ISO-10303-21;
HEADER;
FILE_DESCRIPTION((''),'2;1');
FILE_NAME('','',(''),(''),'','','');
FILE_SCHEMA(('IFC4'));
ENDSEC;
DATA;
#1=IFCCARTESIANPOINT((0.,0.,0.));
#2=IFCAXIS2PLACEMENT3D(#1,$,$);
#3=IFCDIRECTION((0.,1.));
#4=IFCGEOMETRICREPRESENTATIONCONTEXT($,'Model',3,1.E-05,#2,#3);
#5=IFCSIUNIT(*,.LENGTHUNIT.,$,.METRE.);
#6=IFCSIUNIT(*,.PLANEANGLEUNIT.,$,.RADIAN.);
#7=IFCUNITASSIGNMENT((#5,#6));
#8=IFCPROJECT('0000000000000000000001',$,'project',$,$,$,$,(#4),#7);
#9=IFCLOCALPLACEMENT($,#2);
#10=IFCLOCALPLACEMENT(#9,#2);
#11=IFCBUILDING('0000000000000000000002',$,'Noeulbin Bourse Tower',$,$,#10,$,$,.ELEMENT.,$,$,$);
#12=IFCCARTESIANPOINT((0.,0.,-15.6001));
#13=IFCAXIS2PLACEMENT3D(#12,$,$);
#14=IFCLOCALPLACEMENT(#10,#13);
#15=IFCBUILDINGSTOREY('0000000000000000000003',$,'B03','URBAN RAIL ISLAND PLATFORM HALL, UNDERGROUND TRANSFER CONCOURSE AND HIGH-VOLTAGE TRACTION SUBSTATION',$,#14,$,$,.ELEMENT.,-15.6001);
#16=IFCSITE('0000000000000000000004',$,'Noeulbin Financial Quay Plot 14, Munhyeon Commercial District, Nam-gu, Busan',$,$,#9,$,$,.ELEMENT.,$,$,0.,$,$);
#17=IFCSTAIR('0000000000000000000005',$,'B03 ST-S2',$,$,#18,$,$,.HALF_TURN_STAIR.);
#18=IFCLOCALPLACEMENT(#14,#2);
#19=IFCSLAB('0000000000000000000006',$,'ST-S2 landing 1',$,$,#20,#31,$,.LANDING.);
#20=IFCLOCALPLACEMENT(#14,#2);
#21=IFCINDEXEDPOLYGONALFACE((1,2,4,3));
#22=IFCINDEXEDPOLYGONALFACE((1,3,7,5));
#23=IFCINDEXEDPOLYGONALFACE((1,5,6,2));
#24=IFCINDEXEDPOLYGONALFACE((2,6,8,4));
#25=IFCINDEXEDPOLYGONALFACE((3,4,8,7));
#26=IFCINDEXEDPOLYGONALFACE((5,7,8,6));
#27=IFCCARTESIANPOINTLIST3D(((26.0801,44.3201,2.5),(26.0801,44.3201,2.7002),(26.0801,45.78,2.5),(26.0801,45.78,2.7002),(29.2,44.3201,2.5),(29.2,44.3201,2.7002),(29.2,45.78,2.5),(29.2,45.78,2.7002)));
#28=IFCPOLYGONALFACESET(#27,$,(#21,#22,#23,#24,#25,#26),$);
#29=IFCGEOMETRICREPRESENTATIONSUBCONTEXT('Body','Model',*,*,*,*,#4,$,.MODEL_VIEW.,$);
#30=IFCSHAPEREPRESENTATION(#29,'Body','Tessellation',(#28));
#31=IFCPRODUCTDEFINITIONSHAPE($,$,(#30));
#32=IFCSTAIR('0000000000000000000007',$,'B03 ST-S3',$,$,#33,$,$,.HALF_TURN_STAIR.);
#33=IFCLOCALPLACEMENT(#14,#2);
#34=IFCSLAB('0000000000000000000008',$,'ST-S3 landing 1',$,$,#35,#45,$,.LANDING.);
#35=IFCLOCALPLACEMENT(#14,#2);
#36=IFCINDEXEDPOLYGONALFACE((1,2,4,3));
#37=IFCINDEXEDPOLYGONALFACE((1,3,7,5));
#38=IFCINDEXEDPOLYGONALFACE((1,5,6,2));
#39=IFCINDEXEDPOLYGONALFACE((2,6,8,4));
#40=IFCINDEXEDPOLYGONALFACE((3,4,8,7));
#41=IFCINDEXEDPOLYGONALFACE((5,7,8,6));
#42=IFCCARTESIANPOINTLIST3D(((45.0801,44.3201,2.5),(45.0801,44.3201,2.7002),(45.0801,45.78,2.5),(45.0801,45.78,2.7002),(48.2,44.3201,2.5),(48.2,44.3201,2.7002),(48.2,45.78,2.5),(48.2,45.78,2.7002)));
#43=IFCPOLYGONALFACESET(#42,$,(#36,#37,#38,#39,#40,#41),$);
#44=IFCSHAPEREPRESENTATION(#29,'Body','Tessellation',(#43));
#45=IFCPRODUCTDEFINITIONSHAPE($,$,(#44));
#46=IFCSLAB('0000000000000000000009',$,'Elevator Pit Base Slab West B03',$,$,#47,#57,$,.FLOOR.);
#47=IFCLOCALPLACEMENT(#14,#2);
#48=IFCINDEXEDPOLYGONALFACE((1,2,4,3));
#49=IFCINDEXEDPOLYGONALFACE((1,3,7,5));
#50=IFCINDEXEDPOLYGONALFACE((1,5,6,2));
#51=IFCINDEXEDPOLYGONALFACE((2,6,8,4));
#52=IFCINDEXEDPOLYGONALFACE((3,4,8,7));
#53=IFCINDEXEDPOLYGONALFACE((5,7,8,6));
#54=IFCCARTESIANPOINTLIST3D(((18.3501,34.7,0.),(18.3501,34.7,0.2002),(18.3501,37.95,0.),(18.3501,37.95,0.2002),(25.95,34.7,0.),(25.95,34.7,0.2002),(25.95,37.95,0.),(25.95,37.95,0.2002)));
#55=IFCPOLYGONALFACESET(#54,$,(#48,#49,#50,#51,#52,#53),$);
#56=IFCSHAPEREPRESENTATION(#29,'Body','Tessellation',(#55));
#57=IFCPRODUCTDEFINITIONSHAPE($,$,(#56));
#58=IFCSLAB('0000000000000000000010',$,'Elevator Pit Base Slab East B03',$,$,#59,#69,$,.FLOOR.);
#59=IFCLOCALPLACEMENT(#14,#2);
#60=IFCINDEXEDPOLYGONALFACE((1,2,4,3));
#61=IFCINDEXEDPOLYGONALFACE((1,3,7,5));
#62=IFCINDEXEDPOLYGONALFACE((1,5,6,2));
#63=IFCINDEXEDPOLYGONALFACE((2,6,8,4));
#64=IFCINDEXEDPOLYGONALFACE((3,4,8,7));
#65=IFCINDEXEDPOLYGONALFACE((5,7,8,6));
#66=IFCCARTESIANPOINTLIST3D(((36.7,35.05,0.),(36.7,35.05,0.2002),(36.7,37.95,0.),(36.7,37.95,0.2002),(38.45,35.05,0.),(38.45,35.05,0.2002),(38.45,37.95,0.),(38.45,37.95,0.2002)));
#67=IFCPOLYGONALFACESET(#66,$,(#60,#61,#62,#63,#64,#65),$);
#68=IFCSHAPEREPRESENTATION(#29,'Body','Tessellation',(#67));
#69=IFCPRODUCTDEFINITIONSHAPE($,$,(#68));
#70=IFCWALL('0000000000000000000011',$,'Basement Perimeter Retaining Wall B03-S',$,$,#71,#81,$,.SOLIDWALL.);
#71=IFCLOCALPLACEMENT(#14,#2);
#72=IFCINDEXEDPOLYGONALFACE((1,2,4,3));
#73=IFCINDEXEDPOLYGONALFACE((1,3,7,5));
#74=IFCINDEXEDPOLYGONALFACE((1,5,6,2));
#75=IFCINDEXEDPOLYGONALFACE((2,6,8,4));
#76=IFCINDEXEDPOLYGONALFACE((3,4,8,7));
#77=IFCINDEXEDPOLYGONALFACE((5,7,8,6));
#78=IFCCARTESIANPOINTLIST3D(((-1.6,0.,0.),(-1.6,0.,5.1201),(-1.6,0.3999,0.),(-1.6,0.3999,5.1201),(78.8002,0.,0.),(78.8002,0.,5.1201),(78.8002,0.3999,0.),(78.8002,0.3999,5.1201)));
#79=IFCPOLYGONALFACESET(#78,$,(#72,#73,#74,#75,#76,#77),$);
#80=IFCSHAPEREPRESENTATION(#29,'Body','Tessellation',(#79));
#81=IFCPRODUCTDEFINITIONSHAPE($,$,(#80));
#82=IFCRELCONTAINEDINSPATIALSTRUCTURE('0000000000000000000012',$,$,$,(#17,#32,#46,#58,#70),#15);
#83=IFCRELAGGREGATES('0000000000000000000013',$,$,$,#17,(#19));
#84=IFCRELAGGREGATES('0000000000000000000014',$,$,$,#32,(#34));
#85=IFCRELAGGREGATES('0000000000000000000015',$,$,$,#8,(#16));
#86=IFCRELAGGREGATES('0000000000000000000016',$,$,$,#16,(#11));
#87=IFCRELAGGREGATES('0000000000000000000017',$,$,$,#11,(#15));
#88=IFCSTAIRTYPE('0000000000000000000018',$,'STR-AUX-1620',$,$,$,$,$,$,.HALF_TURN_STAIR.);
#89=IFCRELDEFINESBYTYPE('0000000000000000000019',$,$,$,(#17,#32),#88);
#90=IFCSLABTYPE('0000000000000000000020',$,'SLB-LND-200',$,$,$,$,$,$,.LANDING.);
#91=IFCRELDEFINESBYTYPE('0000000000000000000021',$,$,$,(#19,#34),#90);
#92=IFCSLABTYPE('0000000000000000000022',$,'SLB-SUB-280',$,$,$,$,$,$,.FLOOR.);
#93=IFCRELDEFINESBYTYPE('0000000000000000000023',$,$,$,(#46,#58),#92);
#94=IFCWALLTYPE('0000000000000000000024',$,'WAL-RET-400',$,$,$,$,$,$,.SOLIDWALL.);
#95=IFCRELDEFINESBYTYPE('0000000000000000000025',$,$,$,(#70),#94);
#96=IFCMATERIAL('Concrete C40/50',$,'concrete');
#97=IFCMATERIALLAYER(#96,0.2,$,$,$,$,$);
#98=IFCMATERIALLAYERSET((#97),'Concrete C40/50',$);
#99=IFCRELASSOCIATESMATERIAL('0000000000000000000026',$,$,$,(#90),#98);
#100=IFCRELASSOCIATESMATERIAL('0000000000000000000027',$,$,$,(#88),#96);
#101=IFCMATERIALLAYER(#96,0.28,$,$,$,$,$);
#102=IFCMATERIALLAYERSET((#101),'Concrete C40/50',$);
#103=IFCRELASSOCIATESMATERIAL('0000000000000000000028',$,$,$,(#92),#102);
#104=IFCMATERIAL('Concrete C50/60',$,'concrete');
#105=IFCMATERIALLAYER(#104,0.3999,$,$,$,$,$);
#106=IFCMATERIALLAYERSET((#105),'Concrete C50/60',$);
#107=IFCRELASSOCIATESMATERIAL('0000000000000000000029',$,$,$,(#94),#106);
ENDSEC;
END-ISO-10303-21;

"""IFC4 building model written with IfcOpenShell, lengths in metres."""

from ifc_helpers import new_model, si_unit, direction, frame, frame_2d, origin, place, context, subcontext, project, spatial, polyline, rectangle, outline, extrude, material, layer, layer_set, type_object, element, aggregate, save


model = new_model("IFC4")

# Units and contexts
model_context = context("Model", 3, precision=1e-05, world=origin(), true_north=direction((0.0, 1.0)))
body_context = subcontext(model_context, "Body", "Model", "MODEL_VIEW")
ifc_project = project(units=[si_unit("LENGTHUNIT", "METRE"), si_unit("PLANEANGLEUNIT", "RADIAN")], contexts=[model_context])

# Site, building, storey
site_placement = place(None, origin())
site = spatial("IfcSite", under=ifc_project, at=site_placement, Name="Noeulbin Financial Quay Plot 14, Munhyeon Commercial District, Nam-gu, Busan", CompositionType="ELEMENT", RefElevation=0.0)
building_placement = place(site_placement, origin())
building = spatial("IfcBuilding", under=site, at=building_placement, Name="Noeulbin Bourse Tower", CompositionType="ELEMENT")
storey_placement = place(building_placement, frame((0.0, 0.0, -15.6001)))
storey = spatial("IfcBuildingStorey", under=building, at=storey_placement, Name="B03", Description="URBAN RAIL ISLAND PLATFORM HALL, UNDERGROUND TRANSFER CONCOURSE AND HIGH-VOLTAGE TRACTION SUBSTATION", CompositionType="ELEMENT", Elevation=-15.6001)

# Shared definitions
ifc_material_1 = material(Name="Concrete C50/60", Category="concrete")

# Stairs, slabs
ifc_material_2 = material(Name="Concrete C40/50", Category="concrete")
ifc_layer_1 = layer(ifc_material_2, 0.2)
ifc_layer_set_1 = layer_set([ifc_layer_1], Name="Concrete C40/50")
slab_type_1 = type_object("IfcSlabType", Name="SLB-LND-200", PredefinedType="LANDING", material=ifc_layer_set_1)
stair_type_1 = type_object("IfcStairType", Name="STR-AUX-1620", PredefinedType="HALF_TURN_STAIR", material=ifc_material_2)
stair_1_placement = place(storey_placement, origin())
stair_1 = element("IfcStair", 1, at=stair_1_placement, inside=storey, type_object=stair_type_1, Name="B03 ST-S2", PredefinedType="HALF_TURN_STAIR")
slab_1_placement = place(storey_placement, frame((0.0, 0.0, 2.5)))
slab_1 = element("IfcSlab", 2, at=slab_1_placement, type_object=slab_type_1, Name="ST-S2 landing 1", PredefinedType="LANDING", context=body_context, shape_type="SweptSolid", body=[
    extrude(outline(polyline([(29.2, 44.3201), (29.2, 45.78), (26.0801, 45.78), (26.0801, 44.3201), (29.2, 44.3201)])), origin(), (0.0, 0.0, 1.0), 0.2002),
])
aggregate(stair_1, [slab_1])
stair_2_placement = place(storey_placement, origin())
stair_2 = element("IfcStair", 3, at=stair_2_placement, inside=storey, type_object=stair_type_1, Name="B03 ST-S3", PredefinedType="HALF_TURN_STAIR")
slab_2_placement = place(storey_placement, frame((0.0, 0.0, 2.5)))
slab_2 = element("IfcSlab", 4, at=slab_2_placement, type_object=slab_type_1, Name="ST-S3 landing 1", PredefinedType="LANDING", context=body_context, shape_type="SweptSolid", body=[
    extrude(outline(polyline([(48.2, 44.3201), (48.2, 45.78), (45.0801, 45.78), (45.0801, 44.3201), (48.2, 44.3201)])), origin(), (0.0, 0.0, 1.0), 0.2002),
])
aggregate(stair_2, [slab_2])

# Slabs
ifc_layer_2 = layer(ifc_material_2, 0.28)
ifc_layer_set_2 = layer_set([ifc_layer_2], Name="Concrete C40/50")
slab_type_2 = type_object("IfcSlabType", Name="SLB-SUB-280", PredefinedType="FLOOR", material=ifc_layer_set_2)
slab_3_placement = place(storey_placement, origin())
element("IfcSlab", 5, at=slab_3_placement, inside=storey, type_object=slab_type_2, Name="Elevator Pit Base Slab West B03", PredefinedType="FLOOR", context=body_context, shape_type="SweptSolid", body=[
    extrude(outline(polyline([(18.3501, 34.7), (25.95, 34.7), (25.95, 37.95), (18.3501, 37.95), (18.3501, 34.7)])), origin(), (0.0, 0.0, 1.0), 0.2002),
])
slab_4_placement = place(storey_placement, origin())
element("IfcSlab", 6, at=slab_4_placement, inside=storey, type_object=slab_type_2, Name="Elevator Pit Base Slab East B03", PredefinedType="FLOOR", context=body_context, shape_type="SweptSolid", body=[
    extrude(outline(polyline([(36.7, 35.05), (38.45, 35.05), (38.45, 37.95), (36.7, 37.95), (36.7, 35.05)])), origin(), (0.0, 0.0, 1.0), 0.2002),
])

# Wall
ifc_layer_3 = layer(ifc_material_1, 0.3999)
ifc_layer_set_3 = layer_set([ifc_layer_3], Name="Concrete C50/60")
wall_type = type_object("IfcWallType", Name="WAL-RET-400", PredefinedType="SOLIDWALL", material=ifc_layer_set_3)
wall_placement = place(storey_placement, frame((-1.6001, 0.2, 0.0), z_axis=(0.0, 0.0, 1.0), x_axis=(1.0, 0.0, 0.0)))
element("IfcWall", 7, at=wall_placement, inside=storey, type_object=wall_type, Name="Basement Perimeter Retaining Wall B03-S", PredefinedType="SOLIDWALL", context=body_context, shape_type="SweptSolid", body=[
    extrude(rectangle(XDim=80.4001, YDim=0.3999, at=frame_2d((40.2002, 0.0))), origin(), (0.0, 0.0, 1.0), 5.1201),
])

save(model, "model.ifc")
